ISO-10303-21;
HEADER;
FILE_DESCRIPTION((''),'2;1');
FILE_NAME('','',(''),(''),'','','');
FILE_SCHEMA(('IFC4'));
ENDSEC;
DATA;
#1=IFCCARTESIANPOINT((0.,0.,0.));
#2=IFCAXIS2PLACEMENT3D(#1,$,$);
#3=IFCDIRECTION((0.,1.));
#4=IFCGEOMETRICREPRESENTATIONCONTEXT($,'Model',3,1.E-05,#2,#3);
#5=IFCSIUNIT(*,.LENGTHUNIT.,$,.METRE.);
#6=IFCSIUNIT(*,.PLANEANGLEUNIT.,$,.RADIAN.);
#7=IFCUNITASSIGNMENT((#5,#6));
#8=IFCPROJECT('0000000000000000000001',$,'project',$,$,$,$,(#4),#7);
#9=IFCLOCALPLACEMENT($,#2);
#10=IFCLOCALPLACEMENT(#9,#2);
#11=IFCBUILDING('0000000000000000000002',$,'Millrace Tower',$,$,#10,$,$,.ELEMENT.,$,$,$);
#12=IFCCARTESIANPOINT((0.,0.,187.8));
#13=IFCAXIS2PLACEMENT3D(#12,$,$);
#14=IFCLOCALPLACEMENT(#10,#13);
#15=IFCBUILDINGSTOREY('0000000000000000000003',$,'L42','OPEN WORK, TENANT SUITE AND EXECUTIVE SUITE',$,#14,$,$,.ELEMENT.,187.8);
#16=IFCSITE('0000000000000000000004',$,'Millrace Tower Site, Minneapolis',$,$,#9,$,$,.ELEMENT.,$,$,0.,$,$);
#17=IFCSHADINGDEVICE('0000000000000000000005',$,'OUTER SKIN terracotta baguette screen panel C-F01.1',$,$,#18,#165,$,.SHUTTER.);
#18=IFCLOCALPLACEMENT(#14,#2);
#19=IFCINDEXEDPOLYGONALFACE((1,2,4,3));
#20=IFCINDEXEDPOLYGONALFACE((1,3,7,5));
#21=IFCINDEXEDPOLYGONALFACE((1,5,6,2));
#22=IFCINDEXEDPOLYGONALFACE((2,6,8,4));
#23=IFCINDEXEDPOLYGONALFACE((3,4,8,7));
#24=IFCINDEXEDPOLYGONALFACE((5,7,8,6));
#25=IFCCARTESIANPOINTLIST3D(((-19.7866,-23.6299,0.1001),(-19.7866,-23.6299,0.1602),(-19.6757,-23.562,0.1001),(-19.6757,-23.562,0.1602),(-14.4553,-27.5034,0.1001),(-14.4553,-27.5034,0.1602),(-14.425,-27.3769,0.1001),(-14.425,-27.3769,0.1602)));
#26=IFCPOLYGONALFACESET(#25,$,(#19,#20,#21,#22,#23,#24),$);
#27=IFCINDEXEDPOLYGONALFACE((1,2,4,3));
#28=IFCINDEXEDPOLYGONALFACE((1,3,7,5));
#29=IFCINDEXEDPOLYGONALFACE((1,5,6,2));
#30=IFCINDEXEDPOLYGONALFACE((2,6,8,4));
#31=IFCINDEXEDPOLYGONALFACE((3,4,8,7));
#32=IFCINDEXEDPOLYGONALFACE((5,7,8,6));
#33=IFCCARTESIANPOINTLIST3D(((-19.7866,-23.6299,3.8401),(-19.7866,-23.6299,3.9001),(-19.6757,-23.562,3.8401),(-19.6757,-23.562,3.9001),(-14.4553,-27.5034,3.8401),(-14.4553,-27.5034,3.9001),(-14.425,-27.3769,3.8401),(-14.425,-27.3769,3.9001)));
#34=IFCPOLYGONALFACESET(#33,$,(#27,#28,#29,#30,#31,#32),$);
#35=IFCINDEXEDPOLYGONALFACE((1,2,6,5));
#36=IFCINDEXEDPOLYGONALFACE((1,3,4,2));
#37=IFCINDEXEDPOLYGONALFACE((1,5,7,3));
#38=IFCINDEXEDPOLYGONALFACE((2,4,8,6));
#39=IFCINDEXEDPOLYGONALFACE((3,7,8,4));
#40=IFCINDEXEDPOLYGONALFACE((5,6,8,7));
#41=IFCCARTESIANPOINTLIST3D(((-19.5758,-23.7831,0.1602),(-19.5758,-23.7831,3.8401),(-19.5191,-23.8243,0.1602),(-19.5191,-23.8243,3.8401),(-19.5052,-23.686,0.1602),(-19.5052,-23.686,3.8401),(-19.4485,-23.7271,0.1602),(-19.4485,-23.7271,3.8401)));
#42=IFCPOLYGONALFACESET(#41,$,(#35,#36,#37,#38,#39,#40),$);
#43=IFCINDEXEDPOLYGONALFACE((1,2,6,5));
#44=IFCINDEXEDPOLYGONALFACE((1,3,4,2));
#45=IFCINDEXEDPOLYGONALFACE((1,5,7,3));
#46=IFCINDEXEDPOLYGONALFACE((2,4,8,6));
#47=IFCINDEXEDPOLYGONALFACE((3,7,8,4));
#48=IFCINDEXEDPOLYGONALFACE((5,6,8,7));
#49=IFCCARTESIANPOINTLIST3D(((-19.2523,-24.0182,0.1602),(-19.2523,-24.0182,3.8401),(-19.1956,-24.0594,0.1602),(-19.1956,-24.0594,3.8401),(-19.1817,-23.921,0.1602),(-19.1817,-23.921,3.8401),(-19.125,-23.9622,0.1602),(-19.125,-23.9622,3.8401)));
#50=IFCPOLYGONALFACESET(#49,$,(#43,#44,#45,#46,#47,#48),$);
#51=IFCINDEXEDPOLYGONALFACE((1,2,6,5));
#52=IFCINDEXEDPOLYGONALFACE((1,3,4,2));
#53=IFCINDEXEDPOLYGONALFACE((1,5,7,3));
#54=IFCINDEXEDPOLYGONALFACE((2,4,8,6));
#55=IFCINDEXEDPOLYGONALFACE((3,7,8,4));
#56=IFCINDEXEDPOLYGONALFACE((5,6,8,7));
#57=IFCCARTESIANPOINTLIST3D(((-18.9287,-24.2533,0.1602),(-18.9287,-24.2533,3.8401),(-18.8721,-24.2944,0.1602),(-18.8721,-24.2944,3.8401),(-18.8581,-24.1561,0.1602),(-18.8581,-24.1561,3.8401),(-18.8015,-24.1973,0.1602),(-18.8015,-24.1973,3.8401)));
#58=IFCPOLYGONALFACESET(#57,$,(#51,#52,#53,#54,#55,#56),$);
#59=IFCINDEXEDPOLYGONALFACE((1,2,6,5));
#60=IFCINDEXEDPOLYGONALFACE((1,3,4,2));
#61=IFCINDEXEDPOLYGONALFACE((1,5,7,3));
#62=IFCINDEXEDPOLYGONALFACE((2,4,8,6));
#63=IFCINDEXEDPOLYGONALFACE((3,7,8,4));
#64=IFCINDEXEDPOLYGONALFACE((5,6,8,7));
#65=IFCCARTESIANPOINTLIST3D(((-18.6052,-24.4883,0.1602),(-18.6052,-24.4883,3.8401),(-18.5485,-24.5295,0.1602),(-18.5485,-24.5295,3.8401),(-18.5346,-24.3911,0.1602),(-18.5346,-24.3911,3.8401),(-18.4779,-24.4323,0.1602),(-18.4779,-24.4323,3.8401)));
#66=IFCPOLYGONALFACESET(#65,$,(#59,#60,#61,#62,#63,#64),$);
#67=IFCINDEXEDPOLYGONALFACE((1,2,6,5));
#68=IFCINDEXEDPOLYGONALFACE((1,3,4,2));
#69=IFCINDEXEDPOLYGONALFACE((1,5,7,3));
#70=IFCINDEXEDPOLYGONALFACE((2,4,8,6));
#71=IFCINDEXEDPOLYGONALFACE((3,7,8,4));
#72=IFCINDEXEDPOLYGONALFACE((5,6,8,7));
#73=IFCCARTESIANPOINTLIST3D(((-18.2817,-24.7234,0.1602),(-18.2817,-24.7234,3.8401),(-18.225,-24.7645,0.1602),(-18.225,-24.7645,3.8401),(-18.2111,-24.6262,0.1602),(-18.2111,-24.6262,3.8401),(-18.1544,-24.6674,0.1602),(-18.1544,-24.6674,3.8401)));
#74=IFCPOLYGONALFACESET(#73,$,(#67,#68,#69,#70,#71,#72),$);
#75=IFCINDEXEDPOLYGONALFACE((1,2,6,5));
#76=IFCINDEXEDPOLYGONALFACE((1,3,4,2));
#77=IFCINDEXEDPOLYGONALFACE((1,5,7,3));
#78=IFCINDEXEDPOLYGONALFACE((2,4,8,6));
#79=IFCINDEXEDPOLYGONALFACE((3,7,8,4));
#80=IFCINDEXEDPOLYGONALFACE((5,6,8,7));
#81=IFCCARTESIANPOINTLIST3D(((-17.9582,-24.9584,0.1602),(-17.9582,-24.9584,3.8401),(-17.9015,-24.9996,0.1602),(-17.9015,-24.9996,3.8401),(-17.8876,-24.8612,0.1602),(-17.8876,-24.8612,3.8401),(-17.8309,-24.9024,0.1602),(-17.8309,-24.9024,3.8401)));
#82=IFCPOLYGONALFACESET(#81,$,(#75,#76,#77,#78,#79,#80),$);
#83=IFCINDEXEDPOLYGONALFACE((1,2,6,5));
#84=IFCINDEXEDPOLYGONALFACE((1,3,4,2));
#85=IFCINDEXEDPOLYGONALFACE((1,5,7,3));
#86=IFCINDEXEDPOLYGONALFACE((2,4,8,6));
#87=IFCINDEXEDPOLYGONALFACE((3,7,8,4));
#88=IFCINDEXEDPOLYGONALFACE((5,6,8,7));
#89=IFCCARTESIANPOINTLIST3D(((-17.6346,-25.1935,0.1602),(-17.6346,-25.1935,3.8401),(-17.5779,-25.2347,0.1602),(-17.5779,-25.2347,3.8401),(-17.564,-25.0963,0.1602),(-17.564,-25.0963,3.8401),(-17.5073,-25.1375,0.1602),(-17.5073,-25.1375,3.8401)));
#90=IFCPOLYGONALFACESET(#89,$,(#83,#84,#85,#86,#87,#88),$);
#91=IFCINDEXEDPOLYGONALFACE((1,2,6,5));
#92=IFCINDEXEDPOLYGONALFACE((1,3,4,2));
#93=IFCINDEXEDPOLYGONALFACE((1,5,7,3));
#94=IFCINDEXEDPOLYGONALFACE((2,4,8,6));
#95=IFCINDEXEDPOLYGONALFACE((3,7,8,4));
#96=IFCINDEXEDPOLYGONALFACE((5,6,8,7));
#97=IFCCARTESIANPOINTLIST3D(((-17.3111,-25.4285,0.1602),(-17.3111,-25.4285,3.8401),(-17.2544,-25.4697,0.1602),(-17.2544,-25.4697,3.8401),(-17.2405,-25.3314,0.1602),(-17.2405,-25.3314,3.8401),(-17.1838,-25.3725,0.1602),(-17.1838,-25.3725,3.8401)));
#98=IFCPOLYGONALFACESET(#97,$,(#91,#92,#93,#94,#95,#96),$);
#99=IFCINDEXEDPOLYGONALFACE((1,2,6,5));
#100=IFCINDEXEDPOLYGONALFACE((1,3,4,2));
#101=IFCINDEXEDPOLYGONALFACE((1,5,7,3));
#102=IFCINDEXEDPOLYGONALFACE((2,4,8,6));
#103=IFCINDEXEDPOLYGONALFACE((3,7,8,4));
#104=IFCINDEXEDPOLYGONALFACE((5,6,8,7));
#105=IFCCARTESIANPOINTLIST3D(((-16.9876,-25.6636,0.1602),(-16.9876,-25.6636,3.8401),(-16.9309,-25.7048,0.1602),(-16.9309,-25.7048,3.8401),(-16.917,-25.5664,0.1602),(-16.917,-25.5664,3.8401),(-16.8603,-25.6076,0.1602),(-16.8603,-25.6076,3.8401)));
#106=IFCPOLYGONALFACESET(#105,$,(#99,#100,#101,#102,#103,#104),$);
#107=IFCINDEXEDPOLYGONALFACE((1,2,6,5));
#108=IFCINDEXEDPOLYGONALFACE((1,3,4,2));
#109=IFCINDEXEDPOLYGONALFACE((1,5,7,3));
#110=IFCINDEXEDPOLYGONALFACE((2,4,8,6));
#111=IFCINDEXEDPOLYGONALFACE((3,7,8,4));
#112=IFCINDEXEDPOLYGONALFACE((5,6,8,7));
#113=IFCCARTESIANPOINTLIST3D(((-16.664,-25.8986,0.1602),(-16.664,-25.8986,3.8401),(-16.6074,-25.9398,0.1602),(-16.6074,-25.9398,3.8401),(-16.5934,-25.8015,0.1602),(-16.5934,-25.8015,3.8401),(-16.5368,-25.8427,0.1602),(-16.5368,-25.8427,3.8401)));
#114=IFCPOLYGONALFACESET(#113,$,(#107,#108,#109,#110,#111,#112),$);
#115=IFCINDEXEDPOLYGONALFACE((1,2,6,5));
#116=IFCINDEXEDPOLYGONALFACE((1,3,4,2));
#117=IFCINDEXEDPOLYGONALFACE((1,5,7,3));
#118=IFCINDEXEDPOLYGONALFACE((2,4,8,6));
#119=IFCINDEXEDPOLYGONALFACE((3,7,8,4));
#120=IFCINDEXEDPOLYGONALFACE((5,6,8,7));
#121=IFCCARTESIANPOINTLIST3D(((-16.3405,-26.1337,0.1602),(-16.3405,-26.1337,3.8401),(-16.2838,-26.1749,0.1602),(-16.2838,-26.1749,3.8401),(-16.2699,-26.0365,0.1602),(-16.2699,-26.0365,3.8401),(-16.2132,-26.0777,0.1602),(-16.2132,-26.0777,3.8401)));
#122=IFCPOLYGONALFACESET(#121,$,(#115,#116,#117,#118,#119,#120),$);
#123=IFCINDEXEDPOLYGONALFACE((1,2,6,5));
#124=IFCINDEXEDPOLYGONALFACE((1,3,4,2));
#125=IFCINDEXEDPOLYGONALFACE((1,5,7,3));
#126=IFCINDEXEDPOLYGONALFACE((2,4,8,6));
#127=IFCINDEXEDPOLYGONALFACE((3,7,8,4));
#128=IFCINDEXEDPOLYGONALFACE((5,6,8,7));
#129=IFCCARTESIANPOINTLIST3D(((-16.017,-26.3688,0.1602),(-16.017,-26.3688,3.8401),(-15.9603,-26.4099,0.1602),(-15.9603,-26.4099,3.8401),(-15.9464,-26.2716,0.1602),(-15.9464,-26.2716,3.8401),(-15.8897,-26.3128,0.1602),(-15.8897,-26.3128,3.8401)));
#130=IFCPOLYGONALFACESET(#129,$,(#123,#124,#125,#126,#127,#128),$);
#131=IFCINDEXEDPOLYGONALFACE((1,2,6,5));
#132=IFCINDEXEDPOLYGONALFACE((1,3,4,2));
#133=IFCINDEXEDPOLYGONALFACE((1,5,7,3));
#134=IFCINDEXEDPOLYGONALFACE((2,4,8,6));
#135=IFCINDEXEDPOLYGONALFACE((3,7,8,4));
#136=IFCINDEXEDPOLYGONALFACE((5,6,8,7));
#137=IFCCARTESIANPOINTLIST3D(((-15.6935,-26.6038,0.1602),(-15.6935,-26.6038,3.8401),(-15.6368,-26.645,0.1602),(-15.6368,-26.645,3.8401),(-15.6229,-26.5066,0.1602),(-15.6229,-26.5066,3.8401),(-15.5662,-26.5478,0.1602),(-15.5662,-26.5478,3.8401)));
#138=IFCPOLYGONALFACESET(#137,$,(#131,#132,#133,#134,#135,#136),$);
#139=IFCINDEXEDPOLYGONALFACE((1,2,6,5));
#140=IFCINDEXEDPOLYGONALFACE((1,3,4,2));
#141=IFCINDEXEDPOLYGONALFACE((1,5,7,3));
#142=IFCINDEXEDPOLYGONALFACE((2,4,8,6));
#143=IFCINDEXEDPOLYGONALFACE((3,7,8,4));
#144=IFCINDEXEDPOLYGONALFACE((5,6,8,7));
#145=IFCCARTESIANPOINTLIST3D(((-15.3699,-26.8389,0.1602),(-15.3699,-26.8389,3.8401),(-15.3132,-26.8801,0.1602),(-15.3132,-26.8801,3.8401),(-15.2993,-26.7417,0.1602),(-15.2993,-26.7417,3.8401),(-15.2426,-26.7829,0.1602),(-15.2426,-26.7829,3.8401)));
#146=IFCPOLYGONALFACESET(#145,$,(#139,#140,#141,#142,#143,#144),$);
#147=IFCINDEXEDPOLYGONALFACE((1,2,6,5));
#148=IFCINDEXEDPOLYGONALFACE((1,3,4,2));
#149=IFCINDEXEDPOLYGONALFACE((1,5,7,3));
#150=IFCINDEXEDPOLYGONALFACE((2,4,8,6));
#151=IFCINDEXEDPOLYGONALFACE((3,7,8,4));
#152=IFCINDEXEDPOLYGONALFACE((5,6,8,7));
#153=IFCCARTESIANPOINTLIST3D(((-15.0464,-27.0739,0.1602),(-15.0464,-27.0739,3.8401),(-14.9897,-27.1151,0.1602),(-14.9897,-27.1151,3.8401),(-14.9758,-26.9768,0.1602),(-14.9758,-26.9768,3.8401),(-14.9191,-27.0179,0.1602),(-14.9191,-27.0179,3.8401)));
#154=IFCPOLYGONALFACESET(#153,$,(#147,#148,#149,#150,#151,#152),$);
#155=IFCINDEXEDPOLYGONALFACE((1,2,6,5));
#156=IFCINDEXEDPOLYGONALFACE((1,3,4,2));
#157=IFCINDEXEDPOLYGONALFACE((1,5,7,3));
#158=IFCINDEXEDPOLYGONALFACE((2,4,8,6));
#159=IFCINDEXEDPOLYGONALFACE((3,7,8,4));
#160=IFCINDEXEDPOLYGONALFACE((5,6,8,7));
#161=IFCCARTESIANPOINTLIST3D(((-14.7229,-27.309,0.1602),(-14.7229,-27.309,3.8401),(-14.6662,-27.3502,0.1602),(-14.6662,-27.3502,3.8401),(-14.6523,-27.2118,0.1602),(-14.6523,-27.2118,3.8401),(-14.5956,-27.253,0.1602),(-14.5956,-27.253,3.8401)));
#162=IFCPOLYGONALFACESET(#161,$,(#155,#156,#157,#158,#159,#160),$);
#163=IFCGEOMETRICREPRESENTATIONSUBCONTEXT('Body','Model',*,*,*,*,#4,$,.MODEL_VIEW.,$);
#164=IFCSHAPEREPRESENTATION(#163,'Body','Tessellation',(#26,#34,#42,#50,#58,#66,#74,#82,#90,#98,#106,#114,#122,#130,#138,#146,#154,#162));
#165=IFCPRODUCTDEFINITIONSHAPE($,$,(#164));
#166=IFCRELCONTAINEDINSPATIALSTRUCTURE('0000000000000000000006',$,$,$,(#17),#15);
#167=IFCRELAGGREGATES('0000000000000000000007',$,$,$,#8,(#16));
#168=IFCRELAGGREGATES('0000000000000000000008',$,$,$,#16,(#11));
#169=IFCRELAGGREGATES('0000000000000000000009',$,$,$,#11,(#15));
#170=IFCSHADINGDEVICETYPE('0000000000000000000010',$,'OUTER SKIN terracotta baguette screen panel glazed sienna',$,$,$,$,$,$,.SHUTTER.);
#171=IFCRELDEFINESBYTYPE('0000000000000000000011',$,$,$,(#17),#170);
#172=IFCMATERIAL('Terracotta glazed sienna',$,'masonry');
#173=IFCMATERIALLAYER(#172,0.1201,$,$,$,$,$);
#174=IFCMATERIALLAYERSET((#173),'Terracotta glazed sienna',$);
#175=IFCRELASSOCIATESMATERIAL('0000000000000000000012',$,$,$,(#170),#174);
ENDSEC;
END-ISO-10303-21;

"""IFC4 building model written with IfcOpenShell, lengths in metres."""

from ifc_helpers import new_model, entity, si_unit, direction, frame, frame_2d, origin, place, context, subcontext, project, spatial, rectangle, extrude, source, transform, mapped, material, layer, layer_set, type_object, element, save


model = new_model("IFC4")

# Units and contexts
model_context = context("Model", 3, precision=1e-05, world=origin(), true_north=direction((0.0, 1.0)))
body_context = subcontext(model_context, "Body", "Model", "MODEL_VIEW")
ifc_project = project(units=[si_unit("LENGTHUNIT", "METRE"), si_unit("PLANEANGLEUNIT", "RADIAN")], contexts=[model_context])

# Site, building, storey
site_placement = place(None, origin())
site = spatial("IfcSite", under=ifc_project, at=site_placement, Name="Millrace Tower Site, Minneapolis", CompositionType="ELEMENT", RefElevation=0.0)
building_placement = place(site_placement, origin())
building = spatial("IfcBuilding", under=site, at=building_placement, Name="Millrace Tower", CompositionType="ELEMENT")
storey_placement = place(building_placement, frame((0.0, 0.0, 187.8)))
storey = spatial("IfcBuildingStorey", under=building, at=storey_placement, Name="L42", Description="OPEN WORK, TENANT SUITE AND EXECUTIVE SUITE", CompositionType="ELEMENT", Elevation=187.8)

# Shading device
ifc_material_1 = material(Name="Terracotta glazed sienna", Category="masonry")
ifc_layer_1 = layer(ifc_material_1, 0.1201)
ifc_layer_set_1 = layer_set([ifc_layer_1], Name="Terracotta glazed sienna")
shading_device_type = type_object("IfcShadingDeviceType", Name="OUTER SKIN terracotta baguette screen panel glazed sienna", PredefinedType="SHUTTER", material=ifc_layer_set_1)
cartesian_point_1 = entity("IfcCartesianPoint", [-3.2451, 0.0601])
shared_polyline_1 = entity("IfcPolyline", [cartesian_point_1, entity("IfcCartesianPoint", [3.2451, 0.0601]), entity("IfcCartesianPoint", [3.2949, -0.0601]), entity("IfcCartesianPoint", [-3.2949, -0.0601]), cartesian_point_1])
shared_shape_1 = source(origin(), body_context, "Body", "SweptSolid", [
    entity("IfcExtrudedAreaSolid", entity("IfcArbitraryClosedProfileDef", "AREA", None, shared_polyline_1), entity("IfcAxis2Placement3D", entity("IfcCartesianPoint", [0.0, 0.0, 0.0])), entity("IfcDirection", [0.0, 0.0, 1.0]), 0.0601),
    entity("IfcExtrudedAreaSolid", entity("IfcArbitraryClosedProfileDef", "AREA", None, shared_polyline_1), entity("IfcAxis2Placement3D", entity("IfcCartesianPoint", [0.0, 0.0, 3.74])), entity("IfcDirection", [0.0, 0.0, 1.0]), 0.0601),
    extrude(rectangle(XDim=0.0701, YDim=0.1201, at=frame_2d((-2.9993, 0.0))), frame((0.0, 0.0, 0.0601)), (0.0, 0.0, 1.0), 3.6799),
    extrude(rectangle(XDim=0.0701, YDim=0.1201, at=frame_2d((-2.5994, 0.0))), frame((0.0, 0.0, 0.0601)), (0.0, 0.0, 1.0), 3.6799),
    extrude(rectangle(XDim=0.0701, YDim=0.1201, at=frame_2d((-2.1995, 0.0))), frame((0.0, 0.0, 0.0601)), (0.0, 0.0, 1.0), 3.6799),
    extrude(rectangle(XDim=0.0701, YDim=0.1201, at=frame_2d((-1.7996, 0.0))), frame((0.0, 0.0, 0.0601)), (0.0, 0.0, 1.0), 3.6799),
    extrude(rectangle(XDim=0.0701, YDim=0.1201, at=frame_2d((-1.3997, 0.0))), frame((0.0, 0.0, 0.0601)), (0.0, 0.0, 1.0), 3.6799),
    extrude(rectangle(XDim=0.0701, YDim=0.1201, at=frame_2d((-0.9998, 0.0))), frame((0.0, 0.0, 0.0601)), (0.0, 0.0, 1.0), 3.6799),
    extrude(rectangle(XDim=0.0701, YDim=0.1201, at=frame_2d((-0.5999, 0.0))), frame((0.0, 0.0, 0.0601)), (0.0, 0.0, 1.0), 3.6799),
    extrude(rectangle(XDim=0.0701, YDim=0.1201, at=frame_2d((-0.2, 0.0))), frame((0.0, 0.0, 0.0601)), (0.0, 0.0, 1.0), 3.6799),
    extrude(rectangle(XDim=0.0701, YDim=0.1201, at=frame_2d((0.2, 0.0))), frame((0.0, 0.0, 0.0601)), (0.0, 0.0, 1.0), 3.6799),
    extrude(rectangle(XDim=0.0701, YDim=0.1201, at=frame_2d((0.5999, 0.0))), frame((0.0, 0.0, 0.0601)), (0.0, 0.0, 1.0), 3.6799),
    extrude(rectangle(XDim=0.0701, YDim=0.1201, at=frame_2d((0.9998, 0.0))), frame((0.0, 0.0, 0.0601)), (0.0, 0.0, 1.0), 3.6799),
    extrude(rectangle(XDim=0.0701, YDim=0.1201, at=frame_2d((1.3997, 0.0))), frame((0.0, 0.0, 0.0601)), (0.0, 0.0, 1.0), 3.6799),
    extrude(rectangle(XDim=0.0701, YDim=0.1201, at=frame_2d((1.7996, 0.0))), frame((0.0, 0.0, 0.0601)), (0.0, 0.0, 1.0), 3.6799),
    extrude(rectangle(XDim=0.0701, YDim=0.1201, at=frame_2d((2.1995, 0.0))), frame((0.0, 0.0, 0.0601)), (0.0, 0.0, 1.0), 3.6799),
    extrude(rectangle(XDim=0.0701, YDim=0.1201, at=frame_2d((2.5994, 0.0))), frame((0.0, 0.0, 0.0601)), (0.0, 0.0, 1.0), 3.6799),
    extrude(rectangle(XDim=0.0701, YDim=0.1201, at=frame_2d((2.9993, 0.0))), frame((0.0, 0.0, 0.0601)), (0.0, 0.0, 1.0), 3.6799),
])
shading_device_1_placement = place(storey_placement, frame((-17.0857, -25.5181, 0.1001), z_axis=(0.0, 0.0, 1.0), x_axis=(0.809017, -0.587785, 0.0)))
element("IfcShadingDevice", 1, at=shading_device_1_placement, inside=storey, type_object=shading_device_type, Name="OUTER SKIN terracotta baguette screen panel C-F01.1", PredefinedType="SHUTTER", context=body_context, shape_type="MappedRepresentation", body=[
    mapped(shared_shape_1, transform((0.0, 0.0, 0.0), scale=1.0)),
])

save(model, "model.ifc")
